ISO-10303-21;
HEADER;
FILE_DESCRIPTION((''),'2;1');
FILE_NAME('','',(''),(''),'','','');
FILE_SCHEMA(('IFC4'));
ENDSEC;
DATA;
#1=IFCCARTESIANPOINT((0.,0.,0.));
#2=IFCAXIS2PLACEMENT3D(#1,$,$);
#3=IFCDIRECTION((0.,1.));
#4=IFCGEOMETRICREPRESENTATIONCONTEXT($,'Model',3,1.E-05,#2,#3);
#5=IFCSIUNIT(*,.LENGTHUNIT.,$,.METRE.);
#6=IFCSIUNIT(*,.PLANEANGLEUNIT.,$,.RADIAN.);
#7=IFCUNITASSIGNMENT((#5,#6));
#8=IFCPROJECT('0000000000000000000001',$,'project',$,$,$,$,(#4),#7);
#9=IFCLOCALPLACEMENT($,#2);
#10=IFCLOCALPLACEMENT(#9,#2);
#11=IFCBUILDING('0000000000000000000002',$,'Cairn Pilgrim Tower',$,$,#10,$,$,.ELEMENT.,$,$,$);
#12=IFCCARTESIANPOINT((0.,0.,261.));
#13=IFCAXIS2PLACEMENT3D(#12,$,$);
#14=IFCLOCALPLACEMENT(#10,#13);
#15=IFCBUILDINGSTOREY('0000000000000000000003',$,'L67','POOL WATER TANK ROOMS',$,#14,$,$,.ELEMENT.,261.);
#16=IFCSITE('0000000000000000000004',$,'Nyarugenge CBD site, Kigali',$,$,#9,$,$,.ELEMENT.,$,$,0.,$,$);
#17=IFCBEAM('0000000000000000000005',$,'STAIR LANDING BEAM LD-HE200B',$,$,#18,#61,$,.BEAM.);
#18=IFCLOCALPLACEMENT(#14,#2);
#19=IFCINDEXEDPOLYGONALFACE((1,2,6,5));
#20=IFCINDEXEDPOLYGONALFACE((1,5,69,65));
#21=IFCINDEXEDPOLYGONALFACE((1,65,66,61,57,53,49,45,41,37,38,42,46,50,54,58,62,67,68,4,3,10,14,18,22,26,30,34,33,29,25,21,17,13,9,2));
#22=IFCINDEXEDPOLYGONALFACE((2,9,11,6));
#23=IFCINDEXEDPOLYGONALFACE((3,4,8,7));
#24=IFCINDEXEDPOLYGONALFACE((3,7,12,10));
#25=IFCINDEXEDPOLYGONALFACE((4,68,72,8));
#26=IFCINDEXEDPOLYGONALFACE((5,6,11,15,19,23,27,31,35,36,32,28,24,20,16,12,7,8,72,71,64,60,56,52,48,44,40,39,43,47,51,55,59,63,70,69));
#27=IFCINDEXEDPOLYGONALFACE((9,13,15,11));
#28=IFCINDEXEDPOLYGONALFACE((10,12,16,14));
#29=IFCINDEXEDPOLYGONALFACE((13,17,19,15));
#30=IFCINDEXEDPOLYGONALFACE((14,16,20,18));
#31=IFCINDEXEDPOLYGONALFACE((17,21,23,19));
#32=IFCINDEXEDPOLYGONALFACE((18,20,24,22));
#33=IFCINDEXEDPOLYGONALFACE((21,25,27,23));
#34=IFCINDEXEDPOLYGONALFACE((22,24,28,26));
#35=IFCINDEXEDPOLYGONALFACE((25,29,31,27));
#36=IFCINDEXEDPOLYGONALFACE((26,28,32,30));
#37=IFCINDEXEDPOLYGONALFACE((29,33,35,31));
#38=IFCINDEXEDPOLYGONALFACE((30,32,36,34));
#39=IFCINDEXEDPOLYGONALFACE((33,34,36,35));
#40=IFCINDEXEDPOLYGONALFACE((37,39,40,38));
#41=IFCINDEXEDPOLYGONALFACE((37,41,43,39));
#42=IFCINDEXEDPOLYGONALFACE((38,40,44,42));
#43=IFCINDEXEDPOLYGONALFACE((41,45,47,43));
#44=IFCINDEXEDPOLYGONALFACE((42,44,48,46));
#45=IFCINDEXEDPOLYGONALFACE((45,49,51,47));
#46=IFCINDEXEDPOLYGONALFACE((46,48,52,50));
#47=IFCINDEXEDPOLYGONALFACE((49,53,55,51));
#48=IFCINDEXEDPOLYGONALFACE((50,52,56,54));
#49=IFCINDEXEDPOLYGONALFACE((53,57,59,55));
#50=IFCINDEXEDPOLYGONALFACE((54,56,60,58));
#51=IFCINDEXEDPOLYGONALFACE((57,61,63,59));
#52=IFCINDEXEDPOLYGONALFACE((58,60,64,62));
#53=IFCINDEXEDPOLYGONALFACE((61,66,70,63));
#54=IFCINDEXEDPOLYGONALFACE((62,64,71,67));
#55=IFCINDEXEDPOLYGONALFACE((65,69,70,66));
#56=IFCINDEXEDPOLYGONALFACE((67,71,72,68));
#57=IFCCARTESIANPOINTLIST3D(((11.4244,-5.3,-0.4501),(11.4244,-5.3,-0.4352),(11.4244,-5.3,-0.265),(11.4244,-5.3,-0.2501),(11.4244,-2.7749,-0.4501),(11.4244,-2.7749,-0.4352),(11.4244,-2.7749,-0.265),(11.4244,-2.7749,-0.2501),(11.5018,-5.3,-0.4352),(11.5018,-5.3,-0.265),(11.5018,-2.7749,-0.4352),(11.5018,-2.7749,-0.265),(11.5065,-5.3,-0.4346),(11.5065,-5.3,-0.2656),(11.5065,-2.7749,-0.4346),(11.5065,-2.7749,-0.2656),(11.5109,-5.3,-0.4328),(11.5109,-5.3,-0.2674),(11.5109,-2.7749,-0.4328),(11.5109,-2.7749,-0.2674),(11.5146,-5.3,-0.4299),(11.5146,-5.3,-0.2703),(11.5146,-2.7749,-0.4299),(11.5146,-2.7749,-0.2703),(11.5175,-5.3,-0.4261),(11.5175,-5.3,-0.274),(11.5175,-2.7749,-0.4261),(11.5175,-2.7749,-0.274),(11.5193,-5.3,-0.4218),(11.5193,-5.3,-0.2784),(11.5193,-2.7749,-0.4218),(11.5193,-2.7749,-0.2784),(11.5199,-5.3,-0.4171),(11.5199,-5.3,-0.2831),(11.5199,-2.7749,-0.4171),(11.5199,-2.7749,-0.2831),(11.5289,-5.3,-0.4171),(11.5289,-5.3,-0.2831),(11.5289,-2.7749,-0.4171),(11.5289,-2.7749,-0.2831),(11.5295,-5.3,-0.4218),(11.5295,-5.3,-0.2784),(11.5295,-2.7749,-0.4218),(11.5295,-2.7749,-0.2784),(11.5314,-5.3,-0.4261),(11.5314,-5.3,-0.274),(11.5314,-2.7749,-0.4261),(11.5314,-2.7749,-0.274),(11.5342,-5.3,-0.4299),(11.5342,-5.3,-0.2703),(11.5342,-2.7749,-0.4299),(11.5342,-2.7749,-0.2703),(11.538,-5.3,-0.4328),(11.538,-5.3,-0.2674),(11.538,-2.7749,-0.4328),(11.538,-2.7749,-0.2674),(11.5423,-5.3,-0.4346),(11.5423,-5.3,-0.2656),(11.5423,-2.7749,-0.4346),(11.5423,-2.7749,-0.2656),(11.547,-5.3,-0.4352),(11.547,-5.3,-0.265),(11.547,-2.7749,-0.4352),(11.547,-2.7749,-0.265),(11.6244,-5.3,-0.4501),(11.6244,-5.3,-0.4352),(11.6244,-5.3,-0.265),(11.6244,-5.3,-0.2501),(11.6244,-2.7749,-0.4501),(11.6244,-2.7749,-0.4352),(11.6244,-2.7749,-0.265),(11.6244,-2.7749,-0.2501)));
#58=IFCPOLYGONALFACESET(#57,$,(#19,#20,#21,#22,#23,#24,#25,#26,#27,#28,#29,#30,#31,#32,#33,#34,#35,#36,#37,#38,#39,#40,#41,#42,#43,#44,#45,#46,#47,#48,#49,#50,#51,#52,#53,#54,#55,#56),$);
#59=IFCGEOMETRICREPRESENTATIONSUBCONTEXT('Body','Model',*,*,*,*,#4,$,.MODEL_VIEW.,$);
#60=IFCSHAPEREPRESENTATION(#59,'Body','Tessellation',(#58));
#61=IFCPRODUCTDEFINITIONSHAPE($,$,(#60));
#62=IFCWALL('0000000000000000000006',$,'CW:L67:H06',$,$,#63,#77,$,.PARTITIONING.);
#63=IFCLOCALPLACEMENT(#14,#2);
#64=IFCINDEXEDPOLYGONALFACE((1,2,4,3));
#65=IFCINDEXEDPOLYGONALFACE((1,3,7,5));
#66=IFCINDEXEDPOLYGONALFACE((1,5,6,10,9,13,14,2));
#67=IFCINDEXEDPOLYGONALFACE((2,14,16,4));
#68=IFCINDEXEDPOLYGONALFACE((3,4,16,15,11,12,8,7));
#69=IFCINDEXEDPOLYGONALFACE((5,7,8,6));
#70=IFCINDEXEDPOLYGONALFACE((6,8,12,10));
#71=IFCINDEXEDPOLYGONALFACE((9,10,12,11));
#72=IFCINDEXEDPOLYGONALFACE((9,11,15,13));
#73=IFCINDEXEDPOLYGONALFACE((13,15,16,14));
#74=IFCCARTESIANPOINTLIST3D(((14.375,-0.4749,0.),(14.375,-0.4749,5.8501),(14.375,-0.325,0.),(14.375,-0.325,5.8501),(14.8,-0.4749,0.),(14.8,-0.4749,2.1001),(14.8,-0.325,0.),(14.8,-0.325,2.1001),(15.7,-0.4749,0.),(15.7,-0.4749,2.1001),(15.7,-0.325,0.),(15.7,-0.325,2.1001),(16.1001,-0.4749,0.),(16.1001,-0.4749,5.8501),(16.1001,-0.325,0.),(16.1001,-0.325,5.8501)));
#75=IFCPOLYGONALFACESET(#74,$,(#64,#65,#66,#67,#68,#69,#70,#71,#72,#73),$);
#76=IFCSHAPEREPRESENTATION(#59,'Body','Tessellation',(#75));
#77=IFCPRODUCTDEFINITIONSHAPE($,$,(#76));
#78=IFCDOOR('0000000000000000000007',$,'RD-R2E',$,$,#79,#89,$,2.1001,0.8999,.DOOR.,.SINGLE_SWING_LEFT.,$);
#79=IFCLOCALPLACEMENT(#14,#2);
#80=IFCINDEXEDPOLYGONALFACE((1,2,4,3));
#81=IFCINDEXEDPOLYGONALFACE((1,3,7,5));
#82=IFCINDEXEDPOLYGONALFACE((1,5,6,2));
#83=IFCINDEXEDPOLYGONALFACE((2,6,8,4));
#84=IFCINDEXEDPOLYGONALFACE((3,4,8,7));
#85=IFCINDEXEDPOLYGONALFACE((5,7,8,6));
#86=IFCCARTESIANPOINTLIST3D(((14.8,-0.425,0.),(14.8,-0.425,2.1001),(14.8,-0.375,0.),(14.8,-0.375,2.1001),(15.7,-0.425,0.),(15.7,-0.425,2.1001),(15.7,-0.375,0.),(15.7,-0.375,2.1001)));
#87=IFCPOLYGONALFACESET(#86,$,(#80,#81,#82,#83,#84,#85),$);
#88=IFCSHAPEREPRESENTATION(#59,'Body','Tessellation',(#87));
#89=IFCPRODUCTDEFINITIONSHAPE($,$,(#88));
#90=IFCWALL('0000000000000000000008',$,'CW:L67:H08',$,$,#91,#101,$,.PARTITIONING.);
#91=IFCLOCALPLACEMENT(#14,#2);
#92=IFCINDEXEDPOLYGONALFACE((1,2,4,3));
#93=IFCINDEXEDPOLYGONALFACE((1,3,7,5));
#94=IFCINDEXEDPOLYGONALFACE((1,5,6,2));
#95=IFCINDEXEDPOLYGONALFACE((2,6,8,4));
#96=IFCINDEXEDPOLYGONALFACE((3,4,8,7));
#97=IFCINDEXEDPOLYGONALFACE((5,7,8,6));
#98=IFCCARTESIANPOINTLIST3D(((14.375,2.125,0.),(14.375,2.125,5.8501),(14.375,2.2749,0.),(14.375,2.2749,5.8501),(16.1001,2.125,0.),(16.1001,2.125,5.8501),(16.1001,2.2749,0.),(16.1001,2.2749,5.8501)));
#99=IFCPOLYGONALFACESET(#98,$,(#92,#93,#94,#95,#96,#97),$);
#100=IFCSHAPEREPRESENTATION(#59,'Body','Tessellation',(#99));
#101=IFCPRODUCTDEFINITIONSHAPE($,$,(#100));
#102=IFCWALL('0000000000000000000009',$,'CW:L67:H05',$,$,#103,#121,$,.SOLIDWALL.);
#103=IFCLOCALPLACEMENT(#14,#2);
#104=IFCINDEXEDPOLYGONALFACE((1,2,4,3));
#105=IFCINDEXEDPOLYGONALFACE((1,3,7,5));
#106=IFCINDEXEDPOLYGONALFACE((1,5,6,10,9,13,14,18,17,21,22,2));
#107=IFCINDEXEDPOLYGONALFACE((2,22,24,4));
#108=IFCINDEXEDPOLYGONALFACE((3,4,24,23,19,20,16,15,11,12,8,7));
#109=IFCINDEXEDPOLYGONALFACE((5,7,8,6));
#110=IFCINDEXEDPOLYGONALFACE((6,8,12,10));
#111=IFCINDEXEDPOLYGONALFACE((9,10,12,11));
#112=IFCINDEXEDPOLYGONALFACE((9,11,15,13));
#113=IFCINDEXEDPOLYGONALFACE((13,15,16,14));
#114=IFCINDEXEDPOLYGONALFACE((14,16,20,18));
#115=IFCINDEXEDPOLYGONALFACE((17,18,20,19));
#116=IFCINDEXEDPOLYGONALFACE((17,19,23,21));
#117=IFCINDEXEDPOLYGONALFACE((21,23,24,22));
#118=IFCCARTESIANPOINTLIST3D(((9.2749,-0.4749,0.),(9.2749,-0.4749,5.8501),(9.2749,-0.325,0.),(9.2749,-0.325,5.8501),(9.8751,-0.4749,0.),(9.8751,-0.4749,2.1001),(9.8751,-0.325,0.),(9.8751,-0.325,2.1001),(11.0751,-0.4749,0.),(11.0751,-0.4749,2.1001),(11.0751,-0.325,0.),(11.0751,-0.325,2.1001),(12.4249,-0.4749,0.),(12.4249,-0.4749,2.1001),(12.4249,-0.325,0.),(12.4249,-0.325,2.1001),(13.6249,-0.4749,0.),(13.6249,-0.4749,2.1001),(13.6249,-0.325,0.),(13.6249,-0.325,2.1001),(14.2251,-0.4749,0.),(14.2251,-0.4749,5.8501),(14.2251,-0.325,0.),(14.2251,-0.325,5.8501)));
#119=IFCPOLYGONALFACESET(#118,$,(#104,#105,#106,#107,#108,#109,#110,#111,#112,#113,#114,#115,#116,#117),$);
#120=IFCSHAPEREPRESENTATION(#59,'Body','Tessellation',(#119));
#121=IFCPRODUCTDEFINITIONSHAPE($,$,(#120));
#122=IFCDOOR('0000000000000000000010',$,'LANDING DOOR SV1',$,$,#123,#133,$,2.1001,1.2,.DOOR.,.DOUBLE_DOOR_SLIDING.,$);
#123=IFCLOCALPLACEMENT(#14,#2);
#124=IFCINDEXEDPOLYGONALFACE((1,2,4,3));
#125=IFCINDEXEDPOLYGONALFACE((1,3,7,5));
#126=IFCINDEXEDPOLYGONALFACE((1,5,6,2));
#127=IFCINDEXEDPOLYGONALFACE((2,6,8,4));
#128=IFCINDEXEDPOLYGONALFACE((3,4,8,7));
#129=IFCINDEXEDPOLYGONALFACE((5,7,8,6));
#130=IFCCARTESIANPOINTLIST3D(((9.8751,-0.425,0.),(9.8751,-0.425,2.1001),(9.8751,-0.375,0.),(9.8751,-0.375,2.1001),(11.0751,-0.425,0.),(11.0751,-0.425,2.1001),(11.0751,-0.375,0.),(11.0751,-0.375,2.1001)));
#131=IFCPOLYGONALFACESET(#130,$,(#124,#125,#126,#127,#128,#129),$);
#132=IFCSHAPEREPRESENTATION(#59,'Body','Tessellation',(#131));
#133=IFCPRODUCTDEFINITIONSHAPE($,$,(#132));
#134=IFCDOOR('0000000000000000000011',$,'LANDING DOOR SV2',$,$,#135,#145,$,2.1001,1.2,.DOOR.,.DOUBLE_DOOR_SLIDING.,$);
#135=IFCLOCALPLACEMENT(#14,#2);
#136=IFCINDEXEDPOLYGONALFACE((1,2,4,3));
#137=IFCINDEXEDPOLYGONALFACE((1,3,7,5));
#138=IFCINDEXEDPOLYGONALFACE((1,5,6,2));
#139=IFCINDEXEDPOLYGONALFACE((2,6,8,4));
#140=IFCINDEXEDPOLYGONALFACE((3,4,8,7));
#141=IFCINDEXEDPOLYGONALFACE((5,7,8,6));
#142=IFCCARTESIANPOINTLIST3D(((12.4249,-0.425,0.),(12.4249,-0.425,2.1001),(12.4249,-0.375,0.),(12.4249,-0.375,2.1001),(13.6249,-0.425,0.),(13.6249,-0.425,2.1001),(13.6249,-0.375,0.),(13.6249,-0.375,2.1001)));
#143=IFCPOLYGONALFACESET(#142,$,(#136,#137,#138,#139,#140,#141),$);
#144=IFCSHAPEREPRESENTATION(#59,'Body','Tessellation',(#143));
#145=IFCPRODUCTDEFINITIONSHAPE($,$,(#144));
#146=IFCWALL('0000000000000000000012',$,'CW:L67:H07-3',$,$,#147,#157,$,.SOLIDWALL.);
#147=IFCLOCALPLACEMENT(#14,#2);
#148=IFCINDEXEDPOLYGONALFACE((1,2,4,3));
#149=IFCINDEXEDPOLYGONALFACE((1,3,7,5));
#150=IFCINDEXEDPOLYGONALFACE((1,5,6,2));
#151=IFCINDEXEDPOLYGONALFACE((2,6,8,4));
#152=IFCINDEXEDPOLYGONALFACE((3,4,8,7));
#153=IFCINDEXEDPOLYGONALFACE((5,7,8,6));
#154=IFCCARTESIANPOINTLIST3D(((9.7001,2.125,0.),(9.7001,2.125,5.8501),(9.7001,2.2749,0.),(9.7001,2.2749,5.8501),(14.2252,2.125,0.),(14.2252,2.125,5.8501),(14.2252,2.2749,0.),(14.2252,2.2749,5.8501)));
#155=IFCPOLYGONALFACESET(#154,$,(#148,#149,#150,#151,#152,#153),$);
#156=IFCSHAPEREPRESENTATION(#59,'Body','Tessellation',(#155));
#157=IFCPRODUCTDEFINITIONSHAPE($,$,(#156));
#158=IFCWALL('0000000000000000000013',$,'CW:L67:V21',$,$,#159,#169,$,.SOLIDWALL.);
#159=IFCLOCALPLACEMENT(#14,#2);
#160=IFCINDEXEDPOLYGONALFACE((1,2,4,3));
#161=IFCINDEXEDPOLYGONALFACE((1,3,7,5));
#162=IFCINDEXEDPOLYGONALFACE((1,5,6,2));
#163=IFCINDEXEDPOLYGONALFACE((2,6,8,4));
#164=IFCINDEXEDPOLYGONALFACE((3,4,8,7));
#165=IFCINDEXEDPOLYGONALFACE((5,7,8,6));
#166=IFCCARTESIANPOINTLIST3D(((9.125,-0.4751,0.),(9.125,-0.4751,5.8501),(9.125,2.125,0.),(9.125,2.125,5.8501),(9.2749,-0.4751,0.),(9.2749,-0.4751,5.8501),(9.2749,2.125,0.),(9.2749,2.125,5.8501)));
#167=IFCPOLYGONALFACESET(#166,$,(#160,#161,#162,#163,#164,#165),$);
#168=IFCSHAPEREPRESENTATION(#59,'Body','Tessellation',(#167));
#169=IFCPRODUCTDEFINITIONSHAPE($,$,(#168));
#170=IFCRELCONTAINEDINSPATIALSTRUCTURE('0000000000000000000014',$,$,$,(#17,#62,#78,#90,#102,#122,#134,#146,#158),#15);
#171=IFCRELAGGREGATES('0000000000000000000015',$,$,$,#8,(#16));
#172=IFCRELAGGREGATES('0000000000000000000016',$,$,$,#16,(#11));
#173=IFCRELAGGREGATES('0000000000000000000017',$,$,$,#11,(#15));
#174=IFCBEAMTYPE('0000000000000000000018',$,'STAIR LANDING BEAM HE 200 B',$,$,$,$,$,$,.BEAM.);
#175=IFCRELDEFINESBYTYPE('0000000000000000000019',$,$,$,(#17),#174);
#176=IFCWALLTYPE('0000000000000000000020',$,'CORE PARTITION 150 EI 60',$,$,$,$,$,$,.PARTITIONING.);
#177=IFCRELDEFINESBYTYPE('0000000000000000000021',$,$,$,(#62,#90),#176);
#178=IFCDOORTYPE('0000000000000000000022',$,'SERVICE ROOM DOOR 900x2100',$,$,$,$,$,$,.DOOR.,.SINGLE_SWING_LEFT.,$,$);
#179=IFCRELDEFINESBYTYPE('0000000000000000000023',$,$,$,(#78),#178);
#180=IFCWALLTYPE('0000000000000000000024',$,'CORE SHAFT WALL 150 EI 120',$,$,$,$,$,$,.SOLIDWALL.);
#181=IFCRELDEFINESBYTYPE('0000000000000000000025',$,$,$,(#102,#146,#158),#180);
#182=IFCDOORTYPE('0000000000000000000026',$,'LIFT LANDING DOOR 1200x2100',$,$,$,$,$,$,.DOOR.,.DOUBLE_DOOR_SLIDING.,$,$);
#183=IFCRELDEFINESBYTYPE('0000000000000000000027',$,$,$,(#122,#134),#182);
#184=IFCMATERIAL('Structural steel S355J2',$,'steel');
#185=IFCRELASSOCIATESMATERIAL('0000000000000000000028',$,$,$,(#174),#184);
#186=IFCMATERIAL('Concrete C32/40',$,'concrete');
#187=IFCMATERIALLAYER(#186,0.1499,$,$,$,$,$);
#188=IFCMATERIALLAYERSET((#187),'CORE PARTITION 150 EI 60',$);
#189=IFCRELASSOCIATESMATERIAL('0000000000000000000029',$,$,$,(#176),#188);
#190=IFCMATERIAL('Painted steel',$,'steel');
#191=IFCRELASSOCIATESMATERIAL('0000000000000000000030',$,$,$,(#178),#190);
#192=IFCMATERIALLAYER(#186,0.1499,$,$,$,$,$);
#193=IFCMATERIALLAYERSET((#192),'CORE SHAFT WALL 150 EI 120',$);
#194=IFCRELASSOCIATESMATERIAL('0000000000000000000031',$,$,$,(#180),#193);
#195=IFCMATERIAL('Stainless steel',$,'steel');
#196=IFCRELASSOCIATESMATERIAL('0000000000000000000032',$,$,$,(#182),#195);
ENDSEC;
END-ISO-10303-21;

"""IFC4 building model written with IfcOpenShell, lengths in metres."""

from ifc_helpers import new_model, si_unit, direction, frame, frame_2d, origin, origin_2d, place, context, subcontext, project, spatial, rectangle, i_section, extrude, material, layer, layer_set, material_profile, profile_set, type_object, element, fill, save


model = new_model("IFC4")

# Units and contexts
model_context = context("Model", 3, precision=1e-05, world=origin(), true_north=direction((0.0, 1.0)))
body_context = subcontext(model_context, "Body", "Model", "MODEL_VIEW")
ifc_project = project(units=[si_unit("LENGTHUNIT", "METRE"), si_unit("PLANEANGLEUNIT", "RADIAN")], contexts=[model_context])

# Site, building, storey
site_placement = place(None, origin())
site = spatial("IfcSite", under=ifc_project, at=site_placement, Name="Nyarugenge CBD site, Kigali", CompositionType="ELEMENT", RefElevation=0.0)
building_placement = place(site_placement, origin())
building = spatial("IfcBuilding", under=site, at=building_placement, Name="Cairn Pilgrim Tower", CompositionType="ELEMENT")
storey_placement = place(building_placement, frame((0.0, 0.0, 261.0)))
storey = spatial("IfcBuildingStorey", under=building, at=storey_placement, Name="L67", Description="POOL WATER TANK ROOMS", CompositionType="ELEMENT", Elevation=261.0)

# Beam
ifc_material_1 = material(Name="Structural steel S355J2", Category="steel")
ifc_material_profile = material_profile(ifc_material_1, i_section(OverallWidth=0.2, OverallDepth=0.2, WebThickness=0.009, FlangeThickness=0.0149, FilletRadius=0.0181, at=origin_2d()), Name="HE 200 B")
ifc_profile_set = profile_set([ifc_material_profile], Name="Structural steel S355J2")
beam_type = type_object("IfcBeamType", Name="STAIR LANDING BEAM HE 200 B", PredefinedType="BEAM", material=ifc_profile_set)
beam_placement = place(storey_placement, frame((11.5244, -2.7749, -0.3501), z_axis=(0.0, -1.0, 0.0), x_axis=(1.0, 0.0, 0.0)))
element("IfcBeam", 1, at=beam_placement, inside=storey, type_object=beam_type, Name="STAIR LANDING BEAM LD-HE200B", PredefinedType="BEAM", context=body_context, shape_type="SweptSolid", body=[
    extrude(i_section(OverallWidth=0.2, OverallDepth=0.2, WebThickness=0.009, FlangeThickness=0.0149, FilletRadius=0.0181, at=origin_2d()), origin(), (0.0, 0.0, 1.0), 2.5251),
])

# Wall, opening, door
ifc_material_2 = material(Name="Concrete C32/40", Category="concrete")
ifc_layer_1 = layer(ifc_material_2, 0.1499)
ifc_layer_set_1 = layer_set([ifc_layer_1], Name="CORE PARTITION 150 EI 60")
wall_type_1 = type_object("IfcWallType", Name="CORE PARTITION 150 EI 60", PredefinedType="PARTITIONING", material=ifc_layer_set_1)
wall_1_placement = place(storey_placement, frame((14.375, -0.3999, 0.0), z_axis=(0.0, 0.0, 1.0), x_axis=(1.0, 0.0, 0.0)))
wall_1 = element("IfcWall", 2, at=wall_1_placement, inside=storey, type_object=wall_type_1, Name="CW:L67:H06", PredefinedType="PARTITIONING", context=body_context, shape_type="SweptSolid", body=[
    extrude(rectangle(XDim=1.7251, YDim=0.1499, at=frame_2d((0.8625, 0.0))), origin(), (0.0, 0.0, 1.0), 5.8501),
])
opening_1_placement = place(wall_1_placement, frame((0.425, 0.0, 0.0)))
opening_1 = element("IfcOpeningElement", 3, at=opening_1_placement, cuts=wall_1, PredefinedType="OPENING", context=body_context, shape_type="SweptSolid", body=[
    extrude(rectangle(XDim=0.8999, YDim=2.1001, at=frame_2d((0.45, 1.05))), frame((0.0, 0.085, 0.0), z_axis=(0.0, -1.0, 0.0), x_axis=(1.0, 0.0, 0.0)), (0.0, 0.0, 1.0), 0.1699),
])
ifc_material_3 = material(Name="Painted steel", Category="steel")
door_type_1 = type_object("IfcDoorType", Name="SERVICE ROOM DOOR 900x2100", OperationType="SINGLE_SWING_LEFT", PredefinedType="DOOR", material=ifc_material_3)
door_1_placement = place(opening_1_placement, origin())
door_1 = element("IfcDoor", 4, at=door_1_placement, inside=storey, type_object=door_type_1, Name="RD-R2E", OperationType="SINGLE_SWING_LEFT", OverallHeight=2.1001, OverallWidth=0.8999, PredefinedType="DOOR", context=body_context, shape_type="SweptSolid", body=[
    extrude(rectangle(XDim=0.8999, YDim=2.1001, at=frame_2d((0.45, 1.05))), frame((0.0, 0.0249, 0.0), z_axis=(0.0, -1.0, 0.0), x_axis=(1.0, 0.0, 0.0)), (0.0, 0.0, 1.0), 0.05),
])
fill(opening_1, door_1)

# Wall
wall_2_placement = place(storey_placement, frame((14.375, 2.2, 0.0), z_axis=(0.0, 0.0, 1.0), x_axis=(1.0, 0.0, 0.0)))
element("IfcWall", 5, at=wall_2_placement, inside=storey, type_object=wall_type_1, Name="CW:L67:H08", PredefinedType="PARTITIONING", context=body_context, shape_type="SweptSolid", body=[
    extrude(rectangle(XDim=1.7251, YDim=0.1499, at=frame_2d((0.8625, 0.0))), origin(), (0.0, 0.0, 1.0), 5.8501),
])

# Wall, openings, doors
ifc_layer_2 = layer(ifc_material_2, 0.1499)
ifc_layer_set_2 = layer_set([ifc_layer_2], Name="CORE SHAFT WALL 150 EI 120")
wall_type_2 = type_object("IfcWallType", Name="CORE SHAFT WALL 150 EI 120", PredefinedType="SOLIDWALL", material=ifc_layer_set_2)
wall_3_placement = place(storey_placement, frame((9.2749, -0.3999, 0.0), z_axis=(0.0, 0.0, 1.0), x_axis=(1.0, 0.0, 0.0)))
wall_3 = element("IfcWall", 6, at=wall_3_placement, inside=storey, type_object=wall_type_2, Name="CW:L67:H05", PredefinedType="SOLIDWALL", context=body_context, shape_type="SweptSolid", body=[
    extrude(rectangle(XDim=4.9502, YDim=0.1499, at=frame_2d((2.4751, 0.0))), origin(), (0.0, 0.0, 1.0), 5.8501),
])
opening_2_placement = place(wall_3_placement, frame((0.6001, 0.0, 0.0)))
opening_2 = element("IfcOpeningElement", 7, at=opening_2_placement, cuts=wall_3, PredefinedType="OPENING", context=body_context, shape_type="SweptSolid", body=[
    extrude(rectangle(XDim=1.2, YDim=2.1001, at=frame_2d((0.6001, 1.05))), frame((0.0, 0.085, 0.0), z_axis=(0.0, -1.0, 0.0), x_axis=(1.0, 0.0, 0.0)), (0.0, 0.0, 1.0), 0.1699),
])
opening_3_placement = place(wall_3_placement, frame((3.1499, 0.0, 0.0)))
opening_3 = element("IfcOpeningElement", 8, at=opening_3_placement, cuts=wall_3, PredefinedType="OPENING", context=body_context, shape_type="SweptSolid", body=[
    extrude(rectangle(XDim=1.2, YDim=2.1001, at=frame_2d((0.6001, 1.05))), frame((0.0, 0.085, 0.0), z_axis=(0.0, -1.0, 0.0), x_axis=(1.0, 0.0, 0.0)), (0.0, 0.0, 1.0), 0.1699),
])
ifc_material_4 = material(Name="Stainless steel", Category="steel")
door_type_2 = type_object("IfcDoorType", Name="LIFT LANDING DOOR 1200x2100", OperationType="DOUBLE_DOOR_SLIDING", PredefinedType="DOOR", material=ifc_material_4)
door_2_placement = place(opening_2_placement, origin())
door_2 = element("IfcDoor", 9, at=door_2_placement, inside=storey, type_object=door_type_2, Name="LANDING DOOR SV1", OperationType="DOUBLE_DOOR_SLIDING", OverallHeight=2.1001, OverallWidth=1.2, PredefinedType="DOOR", context=body_context, shape_type="SweptSolid", body=[
    extrude(rectangle(XDim=1.2, YDim=2.1001, at=frame_2d((0.6001, 1.05))), frame((0.0, 0.0249, 0.0), z_axis=(0.0, -1.0, 0.0), x_axis=(1.0, 0.0, 0.0)), (0.0, 0.0, 1.0), 0.05),
])
fill(opening_2, door_2)
door_3_placement = place(opening_3_placement, origin())
door_3 = element("IfcDoor", 10, at=door_3_placement, inside=storey, type_object=door_type_2, Name="LANDING DOOR SV2", OperationType="DOUBLE_DOOR_SLIDING", OverallHeight=2.1001, OverallWidth=1.2, PredefinedType="DOOR", context=body_context, shape_type="SweptSolid", body=[
    extrude(rectangle(XDim=1.2, YDim=2.1001, at=frame_2d((0.6001, 1.05))), frame((0.0, 0.0249, 0.0), z_axis=(0.0, -1.0, 0.0), x_axis=(1.0, 0.0, 0.0)), (0.0, 0.0, 1.0), 0.05),
])
fill(opening_3, door_3)

# Walls
wall_4_placement = place(storey_placement, frame((9.7, 2.2, 0.0), z_axis=(0.0, 0.0, 1.0), x_axis=(1.0, 0.0, 0.0)))
element("IfcWall", 11, at=wall_4_placement, inside=storey, type_object=wall_type_2, Name="CW:L67:H07-3", PredefinedType="SOLIDWALL", context=body_context, shape_type="SweptSolid", body=[
    extrude(rectangle(XDim=4.5251, YDim=0.1499, at=frame_2d((2.2627, 0.0))), origin(), (0.0, 0.0, 1.0), 5.8501),
])
wall_5_placement = place(storey_placement, frame((9.2, -0.4751, 0.0), z_axis=(0.0, 0.0, 1.0), x_axis=(0.0, 1.0, 0.0)))
element("IfcWall", 12, at=wall_5_placement, inside=storey, type_object=wall_type_2, Name="CW:L67:V21", PredefinedType="SOLIDWALL", context=body_context, shape_type="SweptSolid", body=[
    extrude(rectangle(XDim=2.6001, YDim=0.1499, at=frame_2d((1.3, 0.0))), origin(), (0.0, 0.0, 1.0), 5.8501),
])

save(model, "model.ifc")
